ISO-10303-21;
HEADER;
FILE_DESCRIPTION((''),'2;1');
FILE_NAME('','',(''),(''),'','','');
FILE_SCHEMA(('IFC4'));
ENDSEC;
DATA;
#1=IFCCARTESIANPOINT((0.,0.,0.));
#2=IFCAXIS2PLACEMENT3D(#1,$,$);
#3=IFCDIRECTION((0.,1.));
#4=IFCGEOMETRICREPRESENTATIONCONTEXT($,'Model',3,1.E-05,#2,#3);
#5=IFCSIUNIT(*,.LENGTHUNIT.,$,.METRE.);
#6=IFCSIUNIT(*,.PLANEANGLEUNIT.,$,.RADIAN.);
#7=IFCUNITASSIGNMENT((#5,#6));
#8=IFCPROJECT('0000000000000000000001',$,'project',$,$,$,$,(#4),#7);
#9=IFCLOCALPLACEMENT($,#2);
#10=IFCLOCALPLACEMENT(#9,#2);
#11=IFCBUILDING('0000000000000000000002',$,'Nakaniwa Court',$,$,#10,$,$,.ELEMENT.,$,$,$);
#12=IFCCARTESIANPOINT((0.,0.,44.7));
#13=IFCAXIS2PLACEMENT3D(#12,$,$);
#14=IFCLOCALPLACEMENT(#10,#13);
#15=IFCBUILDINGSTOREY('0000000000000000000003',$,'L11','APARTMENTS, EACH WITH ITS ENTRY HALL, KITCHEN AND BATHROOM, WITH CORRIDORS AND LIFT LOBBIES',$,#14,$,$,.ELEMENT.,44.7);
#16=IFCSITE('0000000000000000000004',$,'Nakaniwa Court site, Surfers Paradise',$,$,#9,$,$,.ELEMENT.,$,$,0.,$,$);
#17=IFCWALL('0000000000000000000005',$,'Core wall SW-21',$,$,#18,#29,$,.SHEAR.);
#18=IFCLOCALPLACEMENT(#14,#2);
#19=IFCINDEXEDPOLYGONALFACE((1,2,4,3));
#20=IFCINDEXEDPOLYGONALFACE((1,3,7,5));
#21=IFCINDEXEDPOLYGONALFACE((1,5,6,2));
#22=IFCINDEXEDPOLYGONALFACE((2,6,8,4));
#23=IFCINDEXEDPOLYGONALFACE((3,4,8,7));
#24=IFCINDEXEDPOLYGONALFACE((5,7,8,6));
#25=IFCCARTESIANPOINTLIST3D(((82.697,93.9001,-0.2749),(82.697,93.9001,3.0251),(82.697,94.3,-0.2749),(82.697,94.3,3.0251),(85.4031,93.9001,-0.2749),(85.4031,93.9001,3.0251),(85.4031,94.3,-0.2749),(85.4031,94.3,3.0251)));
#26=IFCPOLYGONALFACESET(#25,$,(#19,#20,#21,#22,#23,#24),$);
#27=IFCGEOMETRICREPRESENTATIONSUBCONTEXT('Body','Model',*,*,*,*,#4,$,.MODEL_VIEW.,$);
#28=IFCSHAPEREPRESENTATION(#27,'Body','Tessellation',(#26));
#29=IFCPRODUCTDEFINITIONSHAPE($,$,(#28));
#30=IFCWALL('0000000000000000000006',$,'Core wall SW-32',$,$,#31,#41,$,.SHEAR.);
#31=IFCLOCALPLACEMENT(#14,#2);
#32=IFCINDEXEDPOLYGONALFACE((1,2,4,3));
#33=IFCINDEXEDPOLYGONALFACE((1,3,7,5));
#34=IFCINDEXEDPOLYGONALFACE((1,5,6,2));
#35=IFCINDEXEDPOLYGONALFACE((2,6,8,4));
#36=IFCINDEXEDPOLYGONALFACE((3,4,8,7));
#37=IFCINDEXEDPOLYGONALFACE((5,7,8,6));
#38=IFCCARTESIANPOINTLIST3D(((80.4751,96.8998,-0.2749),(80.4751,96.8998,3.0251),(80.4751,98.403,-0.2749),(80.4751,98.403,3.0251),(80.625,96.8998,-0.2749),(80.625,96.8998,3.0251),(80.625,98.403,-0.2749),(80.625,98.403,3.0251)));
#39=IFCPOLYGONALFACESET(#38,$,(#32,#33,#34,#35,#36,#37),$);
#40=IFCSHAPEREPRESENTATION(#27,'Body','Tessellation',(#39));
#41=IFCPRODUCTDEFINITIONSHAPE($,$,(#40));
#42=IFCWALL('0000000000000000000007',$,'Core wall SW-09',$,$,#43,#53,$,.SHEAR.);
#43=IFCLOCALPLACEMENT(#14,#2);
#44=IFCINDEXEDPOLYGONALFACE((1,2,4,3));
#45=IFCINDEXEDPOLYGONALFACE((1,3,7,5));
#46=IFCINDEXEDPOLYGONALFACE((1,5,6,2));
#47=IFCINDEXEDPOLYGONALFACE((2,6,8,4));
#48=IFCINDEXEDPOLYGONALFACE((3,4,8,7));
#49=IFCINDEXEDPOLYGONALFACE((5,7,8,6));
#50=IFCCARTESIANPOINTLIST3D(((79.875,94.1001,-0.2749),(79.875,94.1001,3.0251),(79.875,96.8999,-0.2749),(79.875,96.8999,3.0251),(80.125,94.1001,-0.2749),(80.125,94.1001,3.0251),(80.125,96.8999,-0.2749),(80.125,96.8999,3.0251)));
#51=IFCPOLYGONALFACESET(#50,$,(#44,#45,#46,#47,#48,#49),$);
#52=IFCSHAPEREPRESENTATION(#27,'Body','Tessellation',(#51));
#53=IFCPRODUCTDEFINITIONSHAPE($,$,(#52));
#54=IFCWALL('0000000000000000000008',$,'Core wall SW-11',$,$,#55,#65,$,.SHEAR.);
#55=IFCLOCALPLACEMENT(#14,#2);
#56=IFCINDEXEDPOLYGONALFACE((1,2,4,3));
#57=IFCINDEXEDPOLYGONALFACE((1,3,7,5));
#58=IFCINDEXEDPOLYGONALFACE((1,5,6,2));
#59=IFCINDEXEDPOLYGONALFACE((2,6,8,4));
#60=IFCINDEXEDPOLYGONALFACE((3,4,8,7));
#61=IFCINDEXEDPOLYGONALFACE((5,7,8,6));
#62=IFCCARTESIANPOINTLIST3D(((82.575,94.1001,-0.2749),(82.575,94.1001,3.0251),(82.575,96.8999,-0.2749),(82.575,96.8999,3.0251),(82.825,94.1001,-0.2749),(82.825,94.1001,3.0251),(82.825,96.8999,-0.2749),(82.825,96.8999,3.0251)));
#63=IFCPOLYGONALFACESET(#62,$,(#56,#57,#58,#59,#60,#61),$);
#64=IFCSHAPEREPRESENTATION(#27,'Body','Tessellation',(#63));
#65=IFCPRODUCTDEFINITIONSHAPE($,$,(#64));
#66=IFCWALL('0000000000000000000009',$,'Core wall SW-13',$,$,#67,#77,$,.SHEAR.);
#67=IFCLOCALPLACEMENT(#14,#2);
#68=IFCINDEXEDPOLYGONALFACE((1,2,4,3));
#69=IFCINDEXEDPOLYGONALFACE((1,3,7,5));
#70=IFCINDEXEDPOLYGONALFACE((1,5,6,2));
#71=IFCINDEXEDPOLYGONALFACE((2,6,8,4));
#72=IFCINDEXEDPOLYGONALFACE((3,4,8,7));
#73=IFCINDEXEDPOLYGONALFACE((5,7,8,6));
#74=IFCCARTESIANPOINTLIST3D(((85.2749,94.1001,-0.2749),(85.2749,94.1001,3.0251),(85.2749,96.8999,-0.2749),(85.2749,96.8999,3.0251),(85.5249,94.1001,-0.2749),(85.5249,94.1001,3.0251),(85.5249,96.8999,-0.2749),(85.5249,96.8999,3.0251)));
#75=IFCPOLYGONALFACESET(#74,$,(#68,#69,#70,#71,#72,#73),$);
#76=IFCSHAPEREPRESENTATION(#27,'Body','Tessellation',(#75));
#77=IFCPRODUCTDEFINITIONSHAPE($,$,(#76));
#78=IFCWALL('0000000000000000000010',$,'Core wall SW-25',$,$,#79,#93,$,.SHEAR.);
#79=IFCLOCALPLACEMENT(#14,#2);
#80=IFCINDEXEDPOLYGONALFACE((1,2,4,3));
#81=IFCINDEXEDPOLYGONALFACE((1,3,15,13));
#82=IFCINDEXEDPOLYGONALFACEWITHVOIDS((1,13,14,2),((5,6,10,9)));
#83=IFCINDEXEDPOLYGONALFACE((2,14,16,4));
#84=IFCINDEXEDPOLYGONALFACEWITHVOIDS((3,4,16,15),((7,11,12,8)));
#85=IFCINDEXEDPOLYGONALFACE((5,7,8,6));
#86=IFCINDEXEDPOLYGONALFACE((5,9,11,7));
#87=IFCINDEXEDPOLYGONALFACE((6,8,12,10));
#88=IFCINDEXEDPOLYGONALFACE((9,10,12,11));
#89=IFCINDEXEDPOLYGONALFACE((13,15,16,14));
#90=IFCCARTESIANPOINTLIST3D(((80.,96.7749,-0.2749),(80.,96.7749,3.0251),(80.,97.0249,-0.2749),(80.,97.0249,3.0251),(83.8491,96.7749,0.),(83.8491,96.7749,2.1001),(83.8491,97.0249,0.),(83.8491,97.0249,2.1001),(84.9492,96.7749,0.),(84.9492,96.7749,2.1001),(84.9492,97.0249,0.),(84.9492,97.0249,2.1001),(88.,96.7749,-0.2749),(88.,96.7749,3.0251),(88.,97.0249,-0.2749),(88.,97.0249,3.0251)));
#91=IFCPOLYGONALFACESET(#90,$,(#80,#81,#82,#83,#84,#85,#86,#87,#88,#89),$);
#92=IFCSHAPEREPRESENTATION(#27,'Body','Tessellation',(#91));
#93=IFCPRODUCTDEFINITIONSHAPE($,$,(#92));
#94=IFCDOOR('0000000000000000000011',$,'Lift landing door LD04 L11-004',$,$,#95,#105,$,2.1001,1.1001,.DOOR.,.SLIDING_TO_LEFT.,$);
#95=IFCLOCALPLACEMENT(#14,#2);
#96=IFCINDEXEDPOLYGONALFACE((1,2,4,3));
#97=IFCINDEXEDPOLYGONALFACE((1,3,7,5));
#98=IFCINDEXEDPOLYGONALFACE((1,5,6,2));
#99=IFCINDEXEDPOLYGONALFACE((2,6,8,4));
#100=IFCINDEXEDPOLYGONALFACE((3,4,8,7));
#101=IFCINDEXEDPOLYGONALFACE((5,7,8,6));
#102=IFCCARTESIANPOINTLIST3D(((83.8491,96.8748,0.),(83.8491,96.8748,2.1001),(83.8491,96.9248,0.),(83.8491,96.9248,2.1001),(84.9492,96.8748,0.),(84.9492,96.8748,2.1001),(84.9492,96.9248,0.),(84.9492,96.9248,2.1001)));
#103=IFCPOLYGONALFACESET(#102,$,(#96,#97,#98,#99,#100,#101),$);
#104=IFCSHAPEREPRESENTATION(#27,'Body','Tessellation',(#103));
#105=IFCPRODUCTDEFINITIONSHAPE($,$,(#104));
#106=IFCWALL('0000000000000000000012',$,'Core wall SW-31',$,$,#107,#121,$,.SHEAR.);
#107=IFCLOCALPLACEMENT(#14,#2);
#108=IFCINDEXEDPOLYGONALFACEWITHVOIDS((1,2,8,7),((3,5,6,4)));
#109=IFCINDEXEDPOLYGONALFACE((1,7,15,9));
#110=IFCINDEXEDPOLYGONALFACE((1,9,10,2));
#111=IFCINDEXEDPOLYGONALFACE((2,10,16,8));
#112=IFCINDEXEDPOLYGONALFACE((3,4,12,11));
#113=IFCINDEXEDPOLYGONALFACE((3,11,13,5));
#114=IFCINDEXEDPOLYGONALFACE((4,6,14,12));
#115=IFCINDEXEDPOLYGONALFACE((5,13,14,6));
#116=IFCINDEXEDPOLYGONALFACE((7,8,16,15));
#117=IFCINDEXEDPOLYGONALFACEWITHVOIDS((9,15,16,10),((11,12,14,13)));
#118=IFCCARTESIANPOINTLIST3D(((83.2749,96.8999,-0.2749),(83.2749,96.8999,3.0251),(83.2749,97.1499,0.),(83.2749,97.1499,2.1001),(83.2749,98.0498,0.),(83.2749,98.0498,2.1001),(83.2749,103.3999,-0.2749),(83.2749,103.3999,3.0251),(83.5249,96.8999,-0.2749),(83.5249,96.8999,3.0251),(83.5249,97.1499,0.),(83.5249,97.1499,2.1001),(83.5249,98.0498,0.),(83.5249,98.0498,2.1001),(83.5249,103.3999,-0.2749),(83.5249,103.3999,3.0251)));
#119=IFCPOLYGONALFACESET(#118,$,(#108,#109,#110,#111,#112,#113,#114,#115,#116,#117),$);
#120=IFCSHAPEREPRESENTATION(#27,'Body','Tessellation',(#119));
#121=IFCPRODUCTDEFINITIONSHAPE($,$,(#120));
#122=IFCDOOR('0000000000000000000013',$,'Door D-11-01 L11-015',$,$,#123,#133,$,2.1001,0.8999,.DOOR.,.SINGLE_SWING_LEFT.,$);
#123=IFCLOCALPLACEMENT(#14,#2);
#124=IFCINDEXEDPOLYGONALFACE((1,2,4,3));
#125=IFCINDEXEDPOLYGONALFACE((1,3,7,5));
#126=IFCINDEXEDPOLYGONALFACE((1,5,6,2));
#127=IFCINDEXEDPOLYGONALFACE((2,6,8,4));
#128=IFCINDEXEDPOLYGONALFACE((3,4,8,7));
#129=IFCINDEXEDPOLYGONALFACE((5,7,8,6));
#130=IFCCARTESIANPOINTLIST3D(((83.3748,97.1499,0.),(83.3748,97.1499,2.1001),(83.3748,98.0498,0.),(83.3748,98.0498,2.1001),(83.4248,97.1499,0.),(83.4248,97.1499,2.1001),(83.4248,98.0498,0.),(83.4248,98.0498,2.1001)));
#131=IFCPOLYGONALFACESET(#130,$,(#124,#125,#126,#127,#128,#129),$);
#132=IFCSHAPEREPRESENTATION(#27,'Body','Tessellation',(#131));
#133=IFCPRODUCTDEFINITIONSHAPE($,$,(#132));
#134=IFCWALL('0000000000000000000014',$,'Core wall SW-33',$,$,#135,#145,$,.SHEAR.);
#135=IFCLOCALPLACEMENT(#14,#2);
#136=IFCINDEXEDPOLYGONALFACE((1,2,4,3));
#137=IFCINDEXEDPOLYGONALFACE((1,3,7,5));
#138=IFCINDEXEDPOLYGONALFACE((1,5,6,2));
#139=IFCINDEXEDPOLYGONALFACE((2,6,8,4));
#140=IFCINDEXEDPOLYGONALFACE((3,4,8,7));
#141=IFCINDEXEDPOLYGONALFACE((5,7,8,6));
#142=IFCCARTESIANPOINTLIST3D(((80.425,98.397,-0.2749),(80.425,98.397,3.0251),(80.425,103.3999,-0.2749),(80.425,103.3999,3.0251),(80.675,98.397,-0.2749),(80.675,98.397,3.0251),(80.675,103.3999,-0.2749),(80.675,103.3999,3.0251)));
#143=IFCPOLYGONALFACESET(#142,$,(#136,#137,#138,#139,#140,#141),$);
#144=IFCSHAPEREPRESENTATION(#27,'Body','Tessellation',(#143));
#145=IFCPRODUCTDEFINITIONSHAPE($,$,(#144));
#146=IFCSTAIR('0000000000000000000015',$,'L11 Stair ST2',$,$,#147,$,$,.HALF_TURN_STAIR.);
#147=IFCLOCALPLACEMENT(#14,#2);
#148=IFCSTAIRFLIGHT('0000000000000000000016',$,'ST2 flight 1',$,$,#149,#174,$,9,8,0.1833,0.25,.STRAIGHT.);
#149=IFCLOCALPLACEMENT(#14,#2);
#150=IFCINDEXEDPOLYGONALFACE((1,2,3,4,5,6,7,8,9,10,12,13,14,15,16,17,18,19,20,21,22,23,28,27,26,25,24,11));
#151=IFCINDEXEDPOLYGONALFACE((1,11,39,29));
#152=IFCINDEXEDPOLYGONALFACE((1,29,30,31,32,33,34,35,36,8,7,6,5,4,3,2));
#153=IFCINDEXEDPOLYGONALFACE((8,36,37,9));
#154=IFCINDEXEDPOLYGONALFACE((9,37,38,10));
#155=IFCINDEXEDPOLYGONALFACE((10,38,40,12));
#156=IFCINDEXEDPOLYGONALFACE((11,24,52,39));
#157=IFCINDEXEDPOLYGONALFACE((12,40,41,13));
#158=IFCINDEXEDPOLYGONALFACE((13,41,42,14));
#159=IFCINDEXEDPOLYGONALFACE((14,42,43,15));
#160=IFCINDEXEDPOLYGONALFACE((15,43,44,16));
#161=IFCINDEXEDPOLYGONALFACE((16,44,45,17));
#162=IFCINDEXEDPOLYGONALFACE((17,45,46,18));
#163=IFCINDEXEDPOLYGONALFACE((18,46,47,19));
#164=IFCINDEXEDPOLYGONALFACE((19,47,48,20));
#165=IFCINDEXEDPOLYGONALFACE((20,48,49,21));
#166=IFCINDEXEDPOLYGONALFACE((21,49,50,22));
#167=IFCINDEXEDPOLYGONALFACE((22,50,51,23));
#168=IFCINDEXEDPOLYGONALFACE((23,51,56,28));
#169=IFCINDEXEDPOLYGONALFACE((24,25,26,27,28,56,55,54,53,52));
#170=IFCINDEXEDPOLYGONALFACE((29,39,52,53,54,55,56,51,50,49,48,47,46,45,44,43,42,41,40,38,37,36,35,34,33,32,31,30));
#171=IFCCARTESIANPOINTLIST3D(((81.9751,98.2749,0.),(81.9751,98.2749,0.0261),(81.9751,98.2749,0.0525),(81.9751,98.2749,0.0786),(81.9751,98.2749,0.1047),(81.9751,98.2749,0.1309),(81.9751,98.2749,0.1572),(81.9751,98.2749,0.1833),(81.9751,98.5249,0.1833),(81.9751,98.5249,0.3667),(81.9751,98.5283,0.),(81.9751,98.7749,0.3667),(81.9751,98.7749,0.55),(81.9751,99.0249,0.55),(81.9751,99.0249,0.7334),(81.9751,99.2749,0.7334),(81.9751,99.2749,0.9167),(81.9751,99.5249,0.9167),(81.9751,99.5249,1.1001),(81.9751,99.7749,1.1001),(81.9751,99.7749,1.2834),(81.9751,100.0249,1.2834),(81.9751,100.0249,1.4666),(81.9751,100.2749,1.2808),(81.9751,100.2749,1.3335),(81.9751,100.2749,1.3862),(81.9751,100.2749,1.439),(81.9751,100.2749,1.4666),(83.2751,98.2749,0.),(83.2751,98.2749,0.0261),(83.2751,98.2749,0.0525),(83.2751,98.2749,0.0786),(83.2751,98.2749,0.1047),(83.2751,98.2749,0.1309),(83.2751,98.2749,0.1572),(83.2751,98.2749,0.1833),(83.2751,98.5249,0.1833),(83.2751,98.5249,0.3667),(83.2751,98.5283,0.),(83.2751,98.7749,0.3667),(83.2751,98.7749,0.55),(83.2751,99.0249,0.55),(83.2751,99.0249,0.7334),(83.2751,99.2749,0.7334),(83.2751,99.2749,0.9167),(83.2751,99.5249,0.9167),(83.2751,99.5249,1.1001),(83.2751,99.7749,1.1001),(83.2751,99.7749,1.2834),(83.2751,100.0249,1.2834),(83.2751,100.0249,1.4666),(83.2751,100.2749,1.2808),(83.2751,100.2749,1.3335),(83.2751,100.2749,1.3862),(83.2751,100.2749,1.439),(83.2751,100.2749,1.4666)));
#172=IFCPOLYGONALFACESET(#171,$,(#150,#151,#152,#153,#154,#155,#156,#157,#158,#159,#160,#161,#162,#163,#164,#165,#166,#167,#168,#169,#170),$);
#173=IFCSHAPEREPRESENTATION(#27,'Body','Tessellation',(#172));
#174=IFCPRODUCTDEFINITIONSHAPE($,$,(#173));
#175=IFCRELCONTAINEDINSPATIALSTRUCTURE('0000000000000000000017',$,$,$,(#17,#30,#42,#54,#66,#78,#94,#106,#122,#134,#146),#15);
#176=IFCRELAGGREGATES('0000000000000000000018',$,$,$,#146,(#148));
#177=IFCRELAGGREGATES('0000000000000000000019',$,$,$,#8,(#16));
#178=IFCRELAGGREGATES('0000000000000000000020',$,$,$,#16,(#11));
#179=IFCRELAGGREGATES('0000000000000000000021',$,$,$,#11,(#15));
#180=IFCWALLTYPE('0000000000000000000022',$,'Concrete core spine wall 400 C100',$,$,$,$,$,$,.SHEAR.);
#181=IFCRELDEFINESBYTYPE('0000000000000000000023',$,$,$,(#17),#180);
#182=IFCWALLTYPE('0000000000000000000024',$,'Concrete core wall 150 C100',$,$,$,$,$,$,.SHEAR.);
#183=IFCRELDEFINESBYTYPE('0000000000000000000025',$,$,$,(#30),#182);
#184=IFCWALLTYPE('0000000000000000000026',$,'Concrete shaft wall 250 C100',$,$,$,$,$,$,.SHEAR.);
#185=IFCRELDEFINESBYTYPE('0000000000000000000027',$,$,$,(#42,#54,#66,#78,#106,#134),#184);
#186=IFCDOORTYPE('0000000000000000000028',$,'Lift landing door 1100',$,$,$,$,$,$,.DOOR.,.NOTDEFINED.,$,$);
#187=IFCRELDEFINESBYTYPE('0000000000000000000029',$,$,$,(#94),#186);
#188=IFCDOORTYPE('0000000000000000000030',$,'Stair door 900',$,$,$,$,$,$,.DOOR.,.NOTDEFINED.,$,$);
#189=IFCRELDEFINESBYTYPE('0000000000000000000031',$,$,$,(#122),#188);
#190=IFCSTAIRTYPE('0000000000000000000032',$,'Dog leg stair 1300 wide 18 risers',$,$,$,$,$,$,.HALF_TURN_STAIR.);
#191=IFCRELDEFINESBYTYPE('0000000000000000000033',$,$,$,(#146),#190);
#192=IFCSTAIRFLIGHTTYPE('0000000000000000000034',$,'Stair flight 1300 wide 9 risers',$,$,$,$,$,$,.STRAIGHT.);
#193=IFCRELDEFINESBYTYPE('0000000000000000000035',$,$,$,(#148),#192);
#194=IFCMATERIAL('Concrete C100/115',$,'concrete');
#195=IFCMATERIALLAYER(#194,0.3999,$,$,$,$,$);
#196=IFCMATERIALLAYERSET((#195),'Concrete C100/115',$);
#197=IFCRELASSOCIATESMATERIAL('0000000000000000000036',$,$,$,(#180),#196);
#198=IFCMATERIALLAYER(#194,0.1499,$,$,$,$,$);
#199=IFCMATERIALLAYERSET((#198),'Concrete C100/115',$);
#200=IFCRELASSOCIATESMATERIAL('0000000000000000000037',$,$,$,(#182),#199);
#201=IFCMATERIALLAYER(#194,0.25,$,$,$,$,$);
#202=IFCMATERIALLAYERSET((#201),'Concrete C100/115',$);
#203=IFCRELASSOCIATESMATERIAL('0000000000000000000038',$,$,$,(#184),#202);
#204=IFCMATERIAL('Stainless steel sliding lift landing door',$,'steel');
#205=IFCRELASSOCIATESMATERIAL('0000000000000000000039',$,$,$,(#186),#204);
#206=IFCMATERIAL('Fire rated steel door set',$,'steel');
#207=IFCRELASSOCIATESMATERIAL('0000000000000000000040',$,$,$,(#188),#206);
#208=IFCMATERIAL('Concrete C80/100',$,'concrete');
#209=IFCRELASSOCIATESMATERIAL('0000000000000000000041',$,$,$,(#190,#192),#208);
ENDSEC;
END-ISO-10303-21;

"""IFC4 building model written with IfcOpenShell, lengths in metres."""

from ifc_helpers import new_model, si_unit, direction, frame, frame_2d, origin, place, context, subcontext, project, spatial, polyline, rectangle, outline, extrude, material, layer, layer_set, type_object, element, fill, aggregate, save


model = new_model("IFC4")

# Units and contexts
model_context = context("Model", 3, precision=1e-05, world=origin(), true_north=direction((0.0, 1.0)))
body_context = subcontext(model_context, "Body", "Model", "MODEL_VIEW")
ifc_project = project(units=[si_unit("LENGTHUNIT", "METRE"), si_unit("PLANEANGLEUNIT", "RADIAN")], contexts=[model_context])

# Site, building, storey
site_placement = place(None, origin())
site = spatial("IfcSite", under=ifc_project, at=site_placement, Name="Nakaniwa Court site, Surfers Paradise", CompositionType="ELEMENT", RefElevation=0.0)
building_placement = place(site_placement, origin())
building = spatial("IfcBuilding", under=site, at=building_placement, Name="Nakaniwa Court", CompositionType="ELEMENT")
storey_placement = place(building_placement, frame((0.0, 0.0, 44.7)))
storey = spatial("IfcBuildingStorey", under=building, at=storey_placement, Name="L11", Description="APARTMENTS, EACH WITH ITS ENTRY HALL, KITCHEN AND BATHROOM, WITH CORRIDORS AND LIFT LOBBIES", CompositionType="ELEMENT", Elevation=44.7)

# Shared definitions
ifc_material_1 = material(Name="Concrete C80/100", Category="concrete")

# Shared definitions
ifc_material_2 = material(Name="Fire rated steel door set", Category="steel")

# Shared definitions
ifc_material_3 = material(Name="Concrete C100/115", Category="concrete")

# Walls
ifc_layer_1 = layer(ifc_material_3, 0.3999)
ifc_layer_set_1 = layer_set([ifc_layer_1], Name="Concrete C100/115")
wall_type_1 = type_object("IfcWallType", Name="Concrete core spine wall 400 C100", PredefinedType="SHEAR", material=ifc_layer_set_1)
wall_1_placement = place(storey_placement, frame((82.697, 94.1001, -0.2749), z_axis=(0.0, 0.0, 1.0), x_axis=(1.0, 0.0, 0.0)))
element("IfcWall", 1, at=wall_1_placement, inside=storey, type_object=wall_type_1, Name="Core wall SW-21", PredefinedType="SHEAR", context=body_context, shape_type="SweptSolid", body=[
    extrude(rectangle(XDim=2.7061, YDim=0.3999, at=frame_2d((1.353, 0.0))), origin(), (0.0, 0.0, 1.0), 3.3),
])
ifc_layer_2 = layer(ifc_material_3, 0.1499)
ifc_layer_set_2 = layer_set([ifc_layer_2], Name="Concrete C100/115")
wall_type_2 = type_object("IfcWallType", Name="Concrete core wall 150 C100", PredefinedType="SHEAR", material=ifc_layer_set_2)
wall_2_placement = place(storey_placement, frame((80.55, 96.8999, -0.2749), z_axis=(0.0, 0.0, 1.0), x_axis=(0.0, 1.0, 0.0)))
element("IfcWall", 2, at=wall_2_placement, inside=storey, type_object=wall_type_2, Name="Core wall SW-32", PredefinedType="SHEAR", context=body_context, shape_type="SweptSolid", body=[
    extrude(rectangle(XDim=1.5032, YDim=0.1499, at=frame_2d((0.7515, 0.0))), origin(), (0.0, 0.0, 1.0), 3.3),
])
ifc_layer_3 = layer(ifc_material_3, 0.25)
ifc_layer_set_3 = layer_set([ifc_layer_3], Name="Concrete C100/115")
wall_type_3 = type_object("IfcWallType", Name="Concrete shaft wall 250 C100", PredefinedType="SHEAR", material=ifc_layer_set_3)
for number, where, z_axis, x_axis, name in (
    (3, (80.0, 94.1001, -0.2749), (0.0, 0.0, 1.0), (0.0, 1.0, 0.0), "Core wall SW-09"),
    (4, (82.7, 94.1001, -0.2749), (0.0, 0.0, 1.0), (0.0, 1.0, 0.0), "Core wall SW-11"),
    (5, (85.3999, 94.1001, -0.2749), (0.0, 0.0, 1.0), (0.0, 1.0, 0.0), "Core wall SW-13"),
):
    element("IfcWall", number, at=place(storey_placement, frame(where, z_axis=z_axis, x_axis=x_axis)), inside=storey, type_object=wall_type_3, Name=name, PredefinedType="SHEAR", context=body_context, shape_type="SweptSolid", body=[
        extrude(rectangle(XDim=2.7998, YDim=0.25, at=frame_2d((1.3999, 0.0))), origin(), (0.0, 0.0, 1.0), 3.3),
    ])

# Walls, openings, doors
wall_3_placement = place(storey_placement, frame((80.0, 96.8999, -0.2749), z_axis=(0.0, 0.0, 1.0), x_axis=(1.0, 0.0, 0.0)))
wall_3 = element("IfcWall", 6, at=wall_3_placement, inside=storey, type_object=wall_type_3, Name="Core wall SW-25", PredefinedType="SHEAR", context=body_context, shape_type="SweptSolid", body=[
    extrude(rectangle(XDim=8.0, YDim=0.25, at=frame_2d((4.0, 0.0))), origin(), (0.0, 0.0, 1.0), 3.3),
])
opening_1_placement = place(wall_3_placement, frame((3.8491, 0.0, 0.2749)))
opening_1 = element("IfcOpeningElement", 7, at=opening_1_placement, cuts=wall_3, PredefinedType="OPENING", context=body_context, shape_type="SweptSolid", body=[
    extrude(rectangle(XDim=1.1001, YDim=2.1001, at=frame_2d((0.55, 1.05))), frame((0.0, 0.135, 0.0), z_axis=(0.0, -1.0, 0.0), x_axis=(1.0, 0.0, 0.0)), (0.0, 0.0, 1.0), 0.27),
])
ifc_material_4 = material(Name="Stainless steel sliding lift landing door", Category="steel")
door_type_1 = type_object("IfcDoorType", Name="Lift landing door 1100", OperationType="NOTDEFINED", PredefinedType="DOOR", material=ifc_material_4)
door_1_placement = place(opening_1_placement, origin())
door_1 = element("IfcDoor", 8, at=door_1_placement, inside=storey, type_object=door_type_1, Name="Lift landing door LD04 L11-004", OperationType="SLIDING_TO_LEFT", OverallHeight=2.1001, OverallWidth=1.1001, PredefinedType="DOOR", context=body_context, shape_type="SweptSolid", body=[
    extrude(rectangle(XDim=1.1001, YDim=2.1001, at=frame_2d((0.55, 1.05))), frame((0.0, 0.0249, 0.0), z_axis=(0.0, -1.0, 0.0), x_axis=(1.0, 0.0, 0.0)), (0.0, 0.0, 1.0), 0.05),
])
fill(opening_1, door_1)
wall_4_placement = place(storey_placement, frame((83.3999, 103.3999, -0.2749), z_axis=(0.0, 0.0, 1.0), x_axis=(0.0, -1.0, 0.0)))
wall_4 = element("IfcWall", 9, at=wall_4_placement, inside=storey, type_object=wall_type_3, Name="Core wall SW-31", PredefinedType="SHEAR", context=body_context, shape_type="SweptSolid", body=[
    extrude(rectangle(XDim=6.5, YDim=0.25, at=frame_2d((3.25, 0.0))), origin(), (0.0, 0.0, 1.0), 3.3),
])
opening_2_placement = place(wall_4_placement, frame((5.3501, 0.0, 0.2749)))
opening_2 = element("IfcOpeningElement", 10, at=opening_2_placement, cuts=wall_4, PredefinedType="OPENING", context=body_context, shape_type="SweptSolid", body=[
    extrude(rectangle(XDim=0.8999, YDim=2.1001, at=frame_2d((0.45, 1.05))), frame((0.0, 0.135, 0.0), z_axis=(0.0, -1.0, 0.0), x_axis=(1.0, 0.0, 0.0)), (0.0, 0.0, 1.0), 0.27),
])
door_type_2 = type_object("IfcDoorType", Name="Stair door 900", OperationType="NOTDEFINED", PredefinedType="DOOR", material=ifc_material_2)
door_2_placement = place(opening_2_placement, origin())
door_2 = element("IfcDoor", 11, at=door_2_placement, inside=storey, type_object=door_type_2, Name="Door D-11-01 L11-015", OperationType="SINGLE_SWING_LEFT", OverallHeight=2.1001, OverallWidth=0.8999, PredefinedType="DOOR", context=body_context, shape_type="SweptSolid", body=[
    extrude(rectangle(XDim=0.8999, YDim=2.1001, at=frame_2d((0.45, 1.05))), frame((0.0, 0.0249, 0.0), z_axis=(0.0, -1.0, 0.0), x_axis=(1.0, 0.0, 0.0)), (0.0, 0.0, 1.0), 0.05),
])
fill(opening_2, door_2)

# Wall
wall_5_placement = place(storey_placement, frame((80.55, 98.397, -0.2749), z_axis=(0.0, 0.0, 1.0), x_axis=(0.0, 1.0, 0.0)))
element("IfcWall", 12, at=wall_5_placement, inside=storey, type_object=wall_type_3, Name="Core wall SW-33", PredefinedType="SHEAR", context=body_context, shape_type="SweptSolid", body=[
    extrude(rectangle(XDim=5.0029, YDim=0.25, at=frame_2d((2.5015, 0.0))), origin(), (0.0, 0.0, 1.0), 3.3),
])

# Stair, stair flight
stair_type = type_object("IfcStairType", Name="Dog leg stair 1300 wide 18 risers", PredefinedType="HALF_TURN_STAIR", material=ifc_material_1)
stair_placement = place(storey_placement, origin())
stair = element("IfcStair", 13, at=stair_placement, inside=storey, type_object=stair_type, Name="L11 Stair ST2", PredefinedType="HALF_TURN_STAIR")
stair_flight_type = type_object("IfcStairFlightType", Name="Stair flight 1300 wide 9 risers", PredefinedType="STRAIGHT", material=ifc_material_1)
stair_flight_1_placement = place(storey_placement, frame((82.625, 98.2749, 0.0), z_axis=(0.0, 0.0, 1.0), x_axis=(0.0, 1.0, 0.0)))
stair_flight_1 = element("IfcStairFlight", 14, at=stair_flight_1_placement, type_object=stair_flight_type, Name="ST2 flight 1", NumberOfRisers=9, NumberOfTreads=8, PredefinedType="STRAIGHT", RiserHeight=0.1833, TreadLength=0.25, context=body_context, shape_type="SweptSolid", body=[
    extrude(outline(polyline([(0.0, 0.0), (0.0, 0.0261), (0.0, 0.0525), (0.0, 0.0786), (0.0, 0.1047), (0.0, 0.1309), (0.0, 0.1572), (0.0, 0.1833), (0.25, 0.1833), (0.25, 0.3667), (0.5, 0.3667), (0.5, 0.55), (0.75, 0.55), (0.75, 0.7334), (1.0, 0.7334), (1.0, 0.9167), (1.25, 0.9167), (1.25, 1.1001), (1.5, 1.1001), (1.5, 1.2834), (1.75, 1.2834), (1.75, 1.4666), (2.0, 1.4666), (2.0, 1.6499), (2.0, 1.5972), (2.0, 1.5444), (2.0, 1.4917), (2.0, 1.439), (2.0, 1.3862), (2.0, 1.3335), (2.0, 1.2808), (0.2534, 0.0), (0.0, 0.0)])), frame((0.0, 0.6499, 0.0), z_axis=(0.0, -1.0, 0.0), x_axis=(1.0, 0.0, 0.0)), (0.0, 0.0, 1.0), 1.3),
])
aggregate(stair, [stair_flight_1])

save(model, "model.ifc")
